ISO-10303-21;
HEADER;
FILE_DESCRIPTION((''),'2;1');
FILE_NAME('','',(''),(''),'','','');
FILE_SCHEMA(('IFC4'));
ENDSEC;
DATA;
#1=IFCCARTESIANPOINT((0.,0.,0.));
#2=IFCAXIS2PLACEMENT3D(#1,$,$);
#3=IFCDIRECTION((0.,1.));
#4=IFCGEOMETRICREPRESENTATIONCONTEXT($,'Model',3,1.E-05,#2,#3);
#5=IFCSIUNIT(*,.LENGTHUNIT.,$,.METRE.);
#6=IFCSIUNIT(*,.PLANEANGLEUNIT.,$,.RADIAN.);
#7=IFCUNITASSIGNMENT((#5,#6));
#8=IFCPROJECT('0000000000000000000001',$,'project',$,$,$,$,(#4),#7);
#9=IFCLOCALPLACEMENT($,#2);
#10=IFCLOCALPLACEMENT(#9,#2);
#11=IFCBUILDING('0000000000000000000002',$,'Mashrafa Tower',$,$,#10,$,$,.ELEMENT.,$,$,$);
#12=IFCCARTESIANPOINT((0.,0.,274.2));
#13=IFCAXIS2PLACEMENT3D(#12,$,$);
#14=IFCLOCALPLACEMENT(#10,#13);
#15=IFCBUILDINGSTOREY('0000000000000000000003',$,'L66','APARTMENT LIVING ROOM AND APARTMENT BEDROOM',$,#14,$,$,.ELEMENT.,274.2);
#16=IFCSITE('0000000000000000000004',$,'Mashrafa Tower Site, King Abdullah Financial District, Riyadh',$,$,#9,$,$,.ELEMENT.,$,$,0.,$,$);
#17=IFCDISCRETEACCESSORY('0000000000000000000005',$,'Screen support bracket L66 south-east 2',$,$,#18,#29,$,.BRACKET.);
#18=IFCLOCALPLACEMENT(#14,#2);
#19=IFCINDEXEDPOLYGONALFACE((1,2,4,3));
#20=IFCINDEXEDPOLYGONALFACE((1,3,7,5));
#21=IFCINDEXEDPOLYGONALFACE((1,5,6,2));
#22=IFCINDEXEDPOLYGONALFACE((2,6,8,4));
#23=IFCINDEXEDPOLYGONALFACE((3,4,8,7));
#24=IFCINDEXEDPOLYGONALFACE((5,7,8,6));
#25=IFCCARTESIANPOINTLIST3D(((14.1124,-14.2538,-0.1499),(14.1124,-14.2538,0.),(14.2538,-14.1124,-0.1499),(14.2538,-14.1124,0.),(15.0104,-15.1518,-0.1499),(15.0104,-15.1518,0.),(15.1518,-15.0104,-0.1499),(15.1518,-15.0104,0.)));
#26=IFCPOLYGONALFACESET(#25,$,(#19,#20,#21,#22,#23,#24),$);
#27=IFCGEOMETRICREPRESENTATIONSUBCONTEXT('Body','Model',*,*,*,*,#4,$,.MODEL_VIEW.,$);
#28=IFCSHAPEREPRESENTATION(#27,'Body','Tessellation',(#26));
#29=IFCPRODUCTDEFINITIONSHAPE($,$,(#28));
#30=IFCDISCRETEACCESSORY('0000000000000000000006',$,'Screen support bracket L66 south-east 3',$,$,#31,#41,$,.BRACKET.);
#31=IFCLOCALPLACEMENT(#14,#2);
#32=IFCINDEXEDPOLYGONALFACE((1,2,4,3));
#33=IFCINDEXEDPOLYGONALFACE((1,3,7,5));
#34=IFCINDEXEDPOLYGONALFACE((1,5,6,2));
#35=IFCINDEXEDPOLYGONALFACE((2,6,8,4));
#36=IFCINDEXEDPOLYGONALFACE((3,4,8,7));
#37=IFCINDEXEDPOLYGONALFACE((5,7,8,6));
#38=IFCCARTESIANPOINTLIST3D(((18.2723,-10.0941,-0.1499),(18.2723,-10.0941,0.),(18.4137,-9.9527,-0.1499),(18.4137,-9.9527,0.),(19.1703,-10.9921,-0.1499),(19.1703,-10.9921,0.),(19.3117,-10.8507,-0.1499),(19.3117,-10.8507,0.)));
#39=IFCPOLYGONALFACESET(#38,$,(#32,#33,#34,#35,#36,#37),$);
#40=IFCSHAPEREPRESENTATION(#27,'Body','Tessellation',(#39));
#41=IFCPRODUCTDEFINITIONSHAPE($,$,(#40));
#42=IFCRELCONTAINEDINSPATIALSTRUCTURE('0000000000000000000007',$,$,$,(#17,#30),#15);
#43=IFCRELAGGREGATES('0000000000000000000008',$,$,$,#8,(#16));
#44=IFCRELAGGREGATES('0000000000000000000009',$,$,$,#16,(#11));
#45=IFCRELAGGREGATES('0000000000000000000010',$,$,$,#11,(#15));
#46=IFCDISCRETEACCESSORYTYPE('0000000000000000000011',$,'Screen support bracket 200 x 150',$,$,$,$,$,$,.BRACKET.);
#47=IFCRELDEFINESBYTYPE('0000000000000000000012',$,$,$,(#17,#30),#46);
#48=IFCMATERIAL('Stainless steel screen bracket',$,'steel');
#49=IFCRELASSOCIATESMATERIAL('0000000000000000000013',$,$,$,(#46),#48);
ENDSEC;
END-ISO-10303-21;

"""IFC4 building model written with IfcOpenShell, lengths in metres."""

from ifc_helpers import new_model, si_unit, direction, frame, origin, origin_2d, place, context, subcontext, project, spatial, rectangle, extrude, source, transform, mapped, material, type_object, type_shapes, element, save


model = new_model("IFC4")

# Units and contexts
model_context = context("Model", 3, precision=1e-05, world=origin(), true_north=direction((0.0, 1.0)))
body_context = subcontext(model_context, "Body", "Model", "MODEL_VIEW")
ifc_project = project(units=[si_unit("LENGTHUNIT", "METRE"), si_unit("PLANEANGLEUNIT", "RADIAN")], contexts=[model_context])

# Site, building, storey
site_placement = place(None, origin())
site = spatial("IfcSite", under=ifc_project, at=site_placement, Name="Mashrafa Tower Site, King Abdullah Financial District, Riyadh", CompositionType="ELEMENT", RefElevation=0.0)
building_placement = place(site_placement, origin())
building = spatial("IfcBuilding", under=site, at=building_placement, Name="Mashrafa Tower", CompositionType="ELEMENT")
storey_placement = place(building_placement, frame((0.0, 0.0, 274.2)))
storey = spatial("IfcBuildingStorey", under=building, at=storey_placement, Name="L66", Description="APARTMENT LIVING ROOM AND APARTMENT BEDROOM", CompositionType="ELEMENT", Elevation=274.2)

# Discrete accessories
ifc_material_1 = material(Name="Stainless steel screen bracket", Category="steel")
discrete_accessory_type = type_object("IfcDiscreteAccessoryType", Name="Screen support bracket 200 x 150", PredefinedType="BRACKET", material=ifc_material_1)
shared_shape_1 = source(origin(), body_context, "Body", "SweptSolid", [
    extrude(rectangle(XDim=0.2, YDim=1.27, at=origin_2d()), origin(), (0.0, 0.0, 1.0), 0.1499),
])
type_shapes(discrete_accessory_type, [shared_shape_1])
for number, where, z_axis, x_axis, name in (
    (1, (14.6321, -14.6321, -0.1499), (0.0, 0.0, 1.0), (0.707107, 0.707107, 0.0), "Screen support bracket L66 south-east 2"),
    (2, (18.792, -10.4724, -0.1499), (0.0, 0.0, 1.0), (0.707107, 0.707107, 0.0), "Screen support bracket L66 south-east 3"),
):
    element("IfcDiscreteAccessory", number, at=place(storey_placement, frame(where, z_axis=z_axis, x_axis=x_axis)), inside=storey, type_object=discrete_accessory_type, Name=name, PredefinedType="BRACKET", context=body_context, shape_type="MappedRepresentation", body=[
        mapped(shared_shape_1, transform((0.0, 0.0, 0.0))),
    ])

save(model, "model.ifc")
